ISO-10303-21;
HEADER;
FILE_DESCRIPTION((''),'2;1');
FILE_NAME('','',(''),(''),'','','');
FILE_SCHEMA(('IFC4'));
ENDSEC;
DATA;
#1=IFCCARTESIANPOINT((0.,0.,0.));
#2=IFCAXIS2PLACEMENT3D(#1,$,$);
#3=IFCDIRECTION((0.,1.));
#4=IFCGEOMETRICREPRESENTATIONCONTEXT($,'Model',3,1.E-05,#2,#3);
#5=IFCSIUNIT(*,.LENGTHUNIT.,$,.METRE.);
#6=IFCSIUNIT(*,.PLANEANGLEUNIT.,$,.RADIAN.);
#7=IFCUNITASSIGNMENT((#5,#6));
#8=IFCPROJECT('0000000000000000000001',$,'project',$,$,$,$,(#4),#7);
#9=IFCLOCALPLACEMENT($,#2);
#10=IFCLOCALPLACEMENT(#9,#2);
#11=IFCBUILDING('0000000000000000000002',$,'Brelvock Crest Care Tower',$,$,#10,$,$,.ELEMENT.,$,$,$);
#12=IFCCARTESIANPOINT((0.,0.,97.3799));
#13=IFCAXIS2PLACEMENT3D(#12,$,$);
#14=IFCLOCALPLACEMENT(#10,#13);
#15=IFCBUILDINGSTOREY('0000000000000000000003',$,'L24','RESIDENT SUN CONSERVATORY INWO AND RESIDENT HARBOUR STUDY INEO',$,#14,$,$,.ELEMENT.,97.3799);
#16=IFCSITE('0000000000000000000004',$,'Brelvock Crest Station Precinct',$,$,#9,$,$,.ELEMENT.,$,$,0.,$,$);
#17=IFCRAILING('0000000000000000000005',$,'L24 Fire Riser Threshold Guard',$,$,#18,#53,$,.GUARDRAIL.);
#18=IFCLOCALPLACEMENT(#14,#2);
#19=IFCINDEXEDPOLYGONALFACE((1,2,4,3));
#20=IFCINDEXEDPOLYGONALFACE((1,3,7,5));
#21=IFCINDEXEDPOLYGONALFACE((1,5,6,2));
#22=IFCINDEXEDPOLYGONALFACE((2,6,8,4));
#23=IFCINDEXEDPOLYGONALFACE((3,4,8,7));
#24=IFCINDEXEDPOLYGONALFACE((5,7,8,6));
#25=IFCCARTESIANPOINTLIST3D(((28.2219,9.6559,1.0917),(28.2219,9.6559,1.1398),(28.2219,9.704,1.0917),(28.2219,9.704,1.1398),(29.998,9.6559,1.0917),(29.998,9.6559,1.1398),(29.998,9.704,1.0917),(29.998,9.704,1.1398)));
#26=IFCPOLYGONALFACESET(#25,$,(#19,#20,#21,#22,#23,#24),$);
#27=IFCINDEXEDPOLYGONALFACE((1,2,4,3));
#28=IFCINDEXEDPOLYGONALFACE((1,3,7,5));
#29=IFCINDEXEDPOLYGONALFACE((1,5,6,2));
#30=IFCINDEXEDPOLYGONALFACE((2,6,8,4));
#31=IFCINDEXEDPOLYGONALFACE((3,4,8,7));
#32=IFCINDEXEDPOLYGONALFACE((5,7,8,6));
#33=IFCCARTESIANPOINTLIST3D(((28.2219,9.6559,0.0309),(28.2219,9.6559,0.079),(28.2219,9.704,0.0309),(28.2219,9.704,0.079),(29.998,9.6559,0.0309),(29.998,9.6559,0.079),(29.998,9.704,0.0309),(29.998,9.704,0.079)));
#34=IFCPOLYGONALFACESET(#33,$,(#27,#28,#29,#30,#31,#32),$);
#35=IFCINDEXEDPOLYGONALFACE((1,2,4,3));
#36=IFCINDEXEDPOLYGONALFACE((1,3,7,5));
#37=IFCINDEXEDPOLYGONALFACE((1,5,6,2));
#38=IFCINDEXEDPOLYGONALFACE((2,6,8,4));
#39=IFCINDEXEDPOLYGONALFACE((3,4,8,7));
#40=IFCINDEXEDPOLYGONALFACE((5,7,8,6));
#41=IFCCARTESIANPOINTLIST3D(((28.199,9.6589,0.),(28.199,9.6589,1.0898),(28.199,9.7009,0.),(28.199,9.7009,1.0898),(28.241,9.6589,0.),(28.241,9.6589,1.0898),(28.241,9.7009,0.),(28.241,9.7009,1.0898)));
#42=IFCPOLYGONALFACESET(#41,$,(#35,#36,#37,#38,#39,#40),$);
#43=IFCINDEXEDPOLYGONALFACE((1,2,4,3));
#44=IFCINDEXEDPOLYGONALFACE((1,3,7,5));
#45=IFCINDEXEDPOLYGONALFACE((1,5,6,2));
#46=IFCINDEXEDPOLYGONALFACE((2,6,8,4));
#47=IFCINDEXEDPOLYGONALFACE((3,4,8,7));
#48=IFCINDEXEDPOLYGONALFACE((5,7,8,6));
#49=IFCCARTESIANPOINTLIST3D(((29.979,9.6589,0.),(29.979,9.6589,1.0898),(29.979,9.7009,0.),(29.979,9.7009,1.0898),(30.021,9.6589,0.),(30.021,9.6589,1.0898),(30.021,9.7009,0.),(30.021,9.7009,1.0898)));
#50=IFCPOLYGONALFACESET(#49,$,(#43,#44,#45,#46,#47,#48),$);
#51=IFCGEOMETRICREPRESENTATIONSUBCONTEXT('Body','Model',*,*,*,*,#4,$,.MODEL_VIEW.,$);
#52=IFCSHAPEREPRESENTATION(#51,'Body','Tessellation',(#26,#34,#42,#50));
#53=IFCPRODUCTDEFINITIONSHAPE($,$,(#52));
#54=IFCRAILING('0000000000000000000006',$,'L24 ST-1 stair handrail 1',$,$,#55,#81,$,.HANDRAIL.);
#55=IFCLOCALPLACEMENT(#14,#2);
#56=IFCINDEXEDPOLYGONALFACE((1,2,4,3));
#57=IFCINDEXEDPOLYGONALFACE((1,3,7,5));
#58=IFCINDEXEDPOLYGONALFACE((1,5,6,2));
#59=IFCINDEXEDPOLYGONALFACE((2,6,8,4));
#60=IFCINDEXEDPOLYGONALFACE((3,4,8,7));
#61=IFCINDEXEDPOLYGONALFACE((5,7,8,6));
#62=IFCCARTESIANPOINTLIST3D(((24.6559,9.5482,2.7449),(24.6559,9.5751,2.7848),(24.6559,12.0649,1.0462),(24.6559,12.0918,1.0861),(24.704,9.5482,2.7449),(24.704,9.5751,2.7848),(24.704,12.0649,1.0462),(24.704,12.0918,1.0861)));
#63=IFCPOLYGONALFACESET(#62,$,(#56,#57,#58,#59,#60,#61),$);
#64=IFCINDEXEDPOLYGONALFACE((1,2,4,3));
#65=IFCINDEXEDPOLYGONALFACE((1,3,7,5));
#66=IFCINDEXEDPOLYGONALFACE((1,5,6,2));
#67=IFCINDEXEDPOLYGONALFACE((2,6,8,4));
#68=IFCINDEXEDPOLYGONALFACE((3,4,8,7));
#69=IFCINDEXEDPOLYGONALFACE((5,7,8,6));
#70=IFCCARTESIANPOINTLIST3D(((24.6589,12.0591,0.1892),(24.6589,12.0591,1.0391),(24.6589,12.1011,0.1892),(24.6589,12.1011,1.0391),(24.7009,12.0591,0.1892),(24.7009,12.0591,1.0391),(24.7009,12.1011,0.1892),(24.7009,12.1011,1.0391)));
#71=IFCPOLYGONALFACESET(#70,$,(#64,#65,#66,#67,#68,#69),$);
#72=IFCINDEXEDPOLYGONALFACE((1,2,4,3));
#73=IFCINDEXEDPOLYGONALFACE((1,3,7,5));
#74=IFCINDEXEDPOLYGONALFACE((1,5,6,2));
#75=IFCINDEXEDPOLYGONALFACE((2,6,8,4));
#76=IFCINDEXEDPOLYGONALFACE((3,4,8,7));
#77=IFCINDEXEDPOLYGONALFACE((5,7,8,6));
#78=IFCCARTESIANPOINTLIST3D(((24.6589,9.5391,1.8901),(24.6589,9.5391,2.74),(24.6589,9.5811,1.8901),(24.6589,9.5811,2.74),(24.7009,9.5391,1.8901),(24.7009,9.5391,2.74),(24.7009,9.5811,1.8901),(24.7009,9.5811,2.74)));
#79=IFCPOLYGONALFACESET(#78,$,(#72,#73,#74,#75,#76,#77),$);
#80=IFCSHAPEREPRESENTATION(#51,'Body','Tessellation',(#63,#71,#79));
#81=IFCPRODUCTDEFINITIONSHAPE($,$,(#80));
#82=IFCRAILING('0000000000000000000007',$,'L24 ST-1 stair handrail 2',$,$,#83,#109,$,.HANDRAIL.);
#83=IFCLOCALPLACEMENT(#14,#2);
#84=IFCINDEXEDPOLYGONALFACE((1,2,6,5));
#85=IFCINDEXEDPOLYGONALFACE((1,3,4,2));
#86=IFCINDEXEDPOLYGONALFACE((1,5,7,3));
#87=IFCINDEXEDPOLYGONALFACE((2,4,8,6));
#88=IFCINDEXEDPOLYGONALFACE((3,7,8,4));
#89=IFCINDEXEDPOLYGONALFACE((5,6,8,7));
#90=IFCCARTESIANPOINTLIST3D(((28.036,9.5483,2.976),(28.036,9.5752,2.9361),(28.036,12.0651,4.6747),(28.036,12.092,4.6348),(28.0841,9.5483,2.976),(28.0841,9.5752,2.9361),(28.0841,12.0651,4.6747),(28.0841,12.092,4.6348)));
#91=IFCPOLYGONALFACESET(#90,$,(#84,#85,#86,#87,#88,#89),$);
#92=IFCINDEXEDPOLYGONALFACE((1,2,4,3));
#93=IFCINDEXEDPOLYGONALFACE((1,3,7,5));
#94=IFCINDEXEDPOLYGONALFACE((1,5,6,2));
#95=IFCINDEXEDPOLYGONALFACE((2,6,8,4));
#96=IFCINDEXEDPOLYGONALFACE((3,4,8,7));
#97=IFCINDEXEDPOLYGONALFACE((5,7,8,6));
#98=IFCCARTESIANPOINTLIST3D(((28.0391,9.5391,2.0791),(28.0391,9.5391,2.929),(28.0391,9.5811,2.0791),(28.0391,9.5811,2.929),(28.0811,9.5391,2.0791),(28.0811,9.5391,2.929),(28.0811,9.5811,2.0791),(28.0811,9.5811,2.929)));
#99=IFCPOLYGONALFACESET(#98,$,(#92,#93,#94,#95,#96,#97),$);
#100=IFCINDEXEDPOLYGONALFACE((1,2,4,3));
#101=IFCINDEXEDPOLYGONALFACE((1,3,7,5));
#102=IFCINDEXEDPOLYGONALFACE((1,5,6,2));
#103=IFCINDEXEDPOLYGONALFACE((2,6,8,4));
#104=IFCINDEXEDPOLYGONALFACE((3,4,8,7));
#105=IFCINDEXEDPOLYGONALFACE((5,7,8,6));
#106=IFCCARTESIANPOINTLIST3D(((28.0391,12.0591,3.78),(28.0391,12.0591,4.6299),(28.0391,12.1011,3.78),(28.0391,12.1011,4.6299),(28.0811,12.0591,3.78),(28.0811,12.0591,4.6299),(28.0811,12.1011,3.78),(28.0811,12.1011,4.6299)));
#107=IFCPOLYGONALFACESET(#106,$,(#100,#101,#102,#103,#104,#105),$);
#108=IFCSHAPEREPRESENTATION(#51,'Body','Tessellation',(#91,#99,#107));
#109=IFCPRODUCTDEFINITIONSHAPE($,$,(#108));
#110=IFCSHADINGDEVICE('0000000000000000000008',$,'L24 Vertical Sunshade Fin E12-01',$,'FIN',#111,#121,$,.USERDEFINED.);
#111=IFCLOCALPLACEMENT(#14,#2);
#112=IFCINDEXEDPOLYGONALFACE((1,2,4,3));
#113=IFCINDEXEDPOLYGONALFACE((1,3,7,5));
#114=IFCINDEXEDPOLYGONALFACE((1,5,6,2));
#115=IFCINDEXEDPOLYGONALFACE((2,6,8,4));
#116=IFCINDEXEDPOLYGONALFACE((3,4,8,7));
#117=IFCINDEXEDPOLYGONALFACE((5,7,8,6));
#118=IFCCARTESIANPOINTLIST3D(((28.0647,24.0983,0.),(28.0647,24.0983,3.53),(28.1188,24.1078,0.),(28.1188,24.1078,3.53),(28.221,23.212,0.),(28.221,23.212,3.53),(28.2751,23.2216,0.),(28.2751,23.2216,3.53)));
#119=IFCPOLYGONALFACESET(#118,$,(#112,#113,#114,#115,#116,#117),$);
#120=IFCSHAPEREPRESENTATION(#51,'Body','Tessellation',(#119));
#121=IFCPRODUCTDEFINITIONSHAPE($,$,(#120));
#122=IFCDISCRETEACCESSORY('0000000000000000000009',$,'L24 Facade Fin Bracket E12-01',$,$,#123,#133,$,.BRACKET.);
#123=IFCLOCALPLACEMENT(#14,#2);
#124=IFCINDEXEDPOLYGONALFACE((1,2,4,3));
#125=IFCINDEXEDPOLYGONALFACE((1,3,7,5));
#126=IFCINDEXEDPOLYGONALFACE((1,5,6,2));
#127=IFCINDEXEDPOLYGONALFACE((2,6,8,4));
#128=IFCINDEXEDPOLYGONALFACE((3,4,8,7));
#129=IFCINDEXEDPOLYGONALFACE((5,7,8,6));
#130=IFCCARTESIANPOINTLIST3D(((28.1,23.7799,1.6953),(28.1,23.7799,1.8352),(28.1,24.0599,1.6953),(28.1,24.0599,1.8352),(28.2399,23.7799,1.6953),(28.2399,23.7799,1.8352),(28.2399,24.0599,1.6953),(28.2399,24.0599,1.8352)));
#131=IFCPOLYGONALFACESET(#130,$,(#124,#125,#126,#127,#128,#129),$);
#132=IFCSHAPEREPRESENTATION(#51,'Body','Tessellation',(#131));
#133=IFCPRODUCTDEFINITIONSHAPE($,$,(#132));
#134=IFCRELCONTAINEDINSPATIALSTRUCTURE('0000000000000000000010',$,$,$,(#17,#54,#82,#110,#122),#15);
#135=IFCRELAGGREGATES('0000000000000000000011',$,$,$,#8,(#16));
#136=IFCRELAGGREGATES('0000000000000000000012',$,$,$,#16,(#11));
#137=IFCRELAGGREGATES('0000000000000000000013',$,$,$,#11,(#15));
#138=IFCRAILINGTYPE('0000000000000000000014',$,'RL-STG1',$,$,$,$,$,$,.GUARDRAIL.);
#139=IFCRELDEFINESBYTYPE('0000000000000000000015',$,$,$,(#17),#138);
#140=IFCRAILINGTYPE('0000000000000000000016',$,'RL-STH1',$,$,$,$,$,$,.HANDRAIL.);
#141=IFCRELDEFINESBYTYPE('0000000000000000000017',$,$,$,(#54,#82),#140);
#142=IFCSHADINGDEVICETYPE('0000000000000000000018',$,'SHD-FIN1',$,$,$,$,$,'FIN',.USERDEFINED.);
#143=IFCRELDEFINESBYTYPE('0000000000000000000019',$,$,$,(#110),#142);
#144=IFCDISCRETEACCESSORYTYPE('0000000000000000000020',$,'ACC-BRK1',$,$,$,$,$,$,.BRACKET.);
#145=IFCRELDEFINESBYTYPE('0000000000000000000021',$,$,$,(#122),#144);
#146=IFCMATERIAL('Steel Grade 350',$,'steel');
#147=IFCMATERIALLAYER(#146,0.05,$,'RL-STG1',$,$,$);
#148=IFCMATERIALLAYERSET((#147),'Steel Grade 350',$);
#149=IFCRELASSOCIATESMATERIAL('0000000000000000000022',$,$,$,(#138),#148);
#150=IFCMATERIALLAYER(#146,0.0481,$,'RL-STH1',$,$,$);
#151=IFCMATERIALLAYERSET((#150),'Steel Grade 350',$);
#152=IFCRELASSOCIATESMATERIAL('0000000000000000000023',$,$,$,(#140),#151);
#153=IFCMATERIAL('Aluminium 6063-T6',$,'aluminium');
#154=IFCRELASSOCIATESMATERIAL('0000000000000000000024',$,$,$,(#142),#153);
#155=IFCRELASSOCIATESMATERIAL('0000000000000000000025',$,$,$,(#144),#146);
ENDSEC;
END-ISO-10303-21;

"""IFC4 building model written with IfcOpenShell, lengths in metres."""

from ifc_helpers import new_model, si_unit, direction, frame, origin, origin_2d, place, context, subcontext, project, spatial, rectangle, extrude, source, transform, mapped, material, layer, layer_set, material_profile, profile_set, type_object, element, save


model = new_model("IFC4")

# Units and contexts
model_context = context("Model", 3, precision=1e-05, world=origin(), true_north=direction((0.0, 1.0)))
body_context = subcontext(model_context, "Body", "Model", "MODEL_VIEW")
ifc_project = project(units=[si_unit("LENGTHUNIT", "METRE"), si_unit("PLANEANGLEUNIT", "RADIAN")], contexts=[model_context])

# Site, building, storey
site_placement = place(None, origin())
site = spatial("IfcSite", under=ifc_project, at=site_placement, Name="Brelvock Crest Station Precinct", CompositionType="ELEMENT", RefElevation=0.0)
building_placement = place(site_placement, origin())
building = spatial("IfcBuilding", under=site, at=building_placement, Name="Brelvock Crest Care Tower", CompositionType="ELEMENT")
storey_placement = place(building_placement, frame((0.0, 0.0, 97.3799)))
storey = spatial("IfcBuildingStorey", under=building, at=storey_placement, Name="L24", Description="RESIDENT SUN CONSERVATORY INWO AND RESIDENT HARBOUR STUDY INEO", CompositionType="ELEMENT", Elevation=97.3799)

# Shared definitions
ifc_material_1 = material(Name="Steel Grade 350", Category="steel")

# Railings
ifc_layer_1 = layer(ifc_material_1, 0.05, Name="RL-STG1")
ifc_layer_set_1 = layer_set([ifc_layer_1], Name="Steel Grade 350")
railing_type_1 = type_object("IfcRailingType", Name="RL-STG1", PredefinedType="GUARDRAIL", material=ifc_layer_set_1)
railing_1_placement = place(storey_placement, frame((28.22, 9.6799, 0.0)))
element("IfcRailing", 1, at=railing_1_placement, inside=storey, type_object=railing_type_1, Name="L24 Fire Riser Threshold Guard", PredefinedType="GUARDRAIL", context=body_context, shape_type="SweptSolid", body=[
    extrude(rectangle(XDim=0.0481, YDim=0.0481, at=origin_2d()), frame((0.002, 0.0, 1.1157), z_axis=(1.0, 0.0, 0.0), x_axis=(0.0, 1.0, 0.0)), (0.0, 0.0, 1.0), 1.7761),
    extrude(rectangle(XDim=0.0481, YDim=0.0481, at=origin_2d()), frame((0.002, 0.0, 0.0549), z_axis=(1.0, 0.0, 0.0), x_axis=(0.0, 1.0, 0.0)), (0.0, 0.0, 1.0), 1.7761),
    extrude(rectangle(XDim=0.042, YDim=0.042, at=origin_2d()), origin(), (0.0, 0.0, 1.0), 1.0898),
    extrude(rectangle(XDim=0.042, YDim=0.042, at=origin_2d()), frame((1.78, 0.0, 0.0)), (0.0, 0.0, 1.0), 1.0898),
])
ifc_layer_2 = layer(ifc_material_1, 0.0481, Name="RL-STH1")
ifc_layer_set_2 = layer_set([ifc_layer_2], Name="Steel Grade 350")
railing_type_2 = type_object("IfcRailingType", Name="RL-STH1", PredefinedType="HANDRAIL", material=ifc_layer_set_2)
railing_2_placement = place(storey_placement, frame((24.6799, 12.0801, 0.1892)))
element("IfcRailing", 2, at=railing_2_placement, inside=storey, type_object=railing_type_2, Name="L24 ST-1 stair handrail 1", PredefinedType="HANDRAIL", context=body_context, shape_type="SweptSolid", body=[
    extrude(rectangle(XDim=0.0481, YDim=0.0481, at=origin_2d()), frame((0.0, -0.0017, 0.877), z_axis=(0.0, -0.828862, 0.559454), x_axis=(1.0, 0.0, 0.0)), (0.0, 0.0, 1.0), 3.0364),
    extrude(rectangle(XDim=0.042, YDim=0.042, at=origin_2d()), origin(), (0.0, 0.0, 1.0), 0.8499),
    extrude(rectangle(XDim=0.042, YDim=0.042, at=origin_2d()), frame((0.0, -2.52, 1.7009)), (0.0, 0.0, 1.0), 0.8499),
])
railing_3_placement = place(storey_placement, frame((28.0601, 9.5601, 2.0791)))
element("IfcRailing", 3, at=railing_3_placement, inside=storey, type_object=railing_type_2, Name="L24 ST-1 stair handrail 2", PredefinedType="HANDRAIL", context=body_context, shape_type="SweptSolid", body=[
    extrude(rectangle(XDim=0.0481, YDim=0.0481, at=origin_2d()), frame((0.0, 0.0017, 0.877), z_axis=(0.0, 0.828862, 0.559454), x_axis=(-1.0, 0.0, 0.0)), (0.0, 0.0, 1.0), 3.0364),
    extrude(rectangle(XDim=0.042, YDim=0.042, at=origin_2d()), origin(), (0.0, 0.0, 1.0), 0.8499),
    extrude(rectangle(XDim=0.042, YDim=0.042, at=origin_2d()), frame((0.0, 2.52, 1.7009)), (0.0, 0.0, 1.0), 0.8499),
])

# Shading device
ifc_material_2 = material(Name="Aluminium 6063-T6", Category="aluminium")
ifc_material_profile_1 = material_profile(ifc_material_2, rectangle(XDim=0.0549, YDim=0.8999, at=origin_2d()), Name="FIN55x900")
ifc_profile_set_1 = profile_set([ifc_material_profile_1], Name="Aluminium 6063-T6")
shading_device_type = type_object("IfcShadingDeviceType", Name="SHD-FIN1", ElementType="FIN", PredefinedType="USERDEFINED", material=ifc_profile_set_1)
shared_shape_1 = source(origin(), body_context, "Body", "SweptSolid", [
    extrude(rectangle(XDim=0.0549, YDim=0.8999, at=origin_2d()), origin(), (0.0, 0.0, 1.0), 3.53),
])
shading_device_placement = place(storey_placement, frame((28.1699, 23.6599, 0.0), z_axis=(0.0, 0.0, 1.0), x_axis=(-0.984808, -0.173648, 0.0)))
element("IfcShadingDevice", 4, at=shading_device_placement, inside=storey, type_object=shading_device_type, Name="L24 Vertical Sunshade Fin E12-01", ObjectType="FIN", PredefinedType="USERDEFINED", context=body_context, shape_type="MappedRepresentation", body=[
    mapped(shared_shape_1, transform((0.0, 0.0, 0.0), x_axis=(1.0, 0.0, 0.0), y_axis=(0.0, 1.0, 0.0), z_axis=(0.0, 0.0, 1.0), scale=1.0)),
])

# Discrete accessory
discrete_accessory_type = type_object("IfcDiscreteAccessoryType", Name="ACC-BRK1", PredefinedType="BRACKET", material=ifc_material_1)
shared_shape_2 = source(origin(), body_context, "Body", "SweptSolid", [
    extrude(rectangle(XDim=0.28, YDim=0.1399, at=origin_2d()), origin(), (0.0, 0.0, 1.0), 0.1399),
])
discrete_accessory_placement = place(storey_placement, frame((28.1699, 23.9199, 1.6953), z_axis=(0.0, 0.0, 1.0), x_axis=(0.0, -1.0, 0.0)))
element("IfcDiscreteAccessory", 5, at=discrete_accessory_placement, inside=storey, type_object=discrete_accessory_type, Name="L24 Facade Fin Bracket E12-01", PredefinedType="BRACKET", context=body_context, shape_type="MappedRepresentation", body=[
    mapped(shared_shape_2, transform((0.0, 0.0, 0.0), x_axis=(1.0, 0.0, 0.0), y_axis=(0.0, 1.0, 0.0), z_axis=(0.0, 0.0, 1.0), scale=1.0)),
])

save(model, "model.ifc")
